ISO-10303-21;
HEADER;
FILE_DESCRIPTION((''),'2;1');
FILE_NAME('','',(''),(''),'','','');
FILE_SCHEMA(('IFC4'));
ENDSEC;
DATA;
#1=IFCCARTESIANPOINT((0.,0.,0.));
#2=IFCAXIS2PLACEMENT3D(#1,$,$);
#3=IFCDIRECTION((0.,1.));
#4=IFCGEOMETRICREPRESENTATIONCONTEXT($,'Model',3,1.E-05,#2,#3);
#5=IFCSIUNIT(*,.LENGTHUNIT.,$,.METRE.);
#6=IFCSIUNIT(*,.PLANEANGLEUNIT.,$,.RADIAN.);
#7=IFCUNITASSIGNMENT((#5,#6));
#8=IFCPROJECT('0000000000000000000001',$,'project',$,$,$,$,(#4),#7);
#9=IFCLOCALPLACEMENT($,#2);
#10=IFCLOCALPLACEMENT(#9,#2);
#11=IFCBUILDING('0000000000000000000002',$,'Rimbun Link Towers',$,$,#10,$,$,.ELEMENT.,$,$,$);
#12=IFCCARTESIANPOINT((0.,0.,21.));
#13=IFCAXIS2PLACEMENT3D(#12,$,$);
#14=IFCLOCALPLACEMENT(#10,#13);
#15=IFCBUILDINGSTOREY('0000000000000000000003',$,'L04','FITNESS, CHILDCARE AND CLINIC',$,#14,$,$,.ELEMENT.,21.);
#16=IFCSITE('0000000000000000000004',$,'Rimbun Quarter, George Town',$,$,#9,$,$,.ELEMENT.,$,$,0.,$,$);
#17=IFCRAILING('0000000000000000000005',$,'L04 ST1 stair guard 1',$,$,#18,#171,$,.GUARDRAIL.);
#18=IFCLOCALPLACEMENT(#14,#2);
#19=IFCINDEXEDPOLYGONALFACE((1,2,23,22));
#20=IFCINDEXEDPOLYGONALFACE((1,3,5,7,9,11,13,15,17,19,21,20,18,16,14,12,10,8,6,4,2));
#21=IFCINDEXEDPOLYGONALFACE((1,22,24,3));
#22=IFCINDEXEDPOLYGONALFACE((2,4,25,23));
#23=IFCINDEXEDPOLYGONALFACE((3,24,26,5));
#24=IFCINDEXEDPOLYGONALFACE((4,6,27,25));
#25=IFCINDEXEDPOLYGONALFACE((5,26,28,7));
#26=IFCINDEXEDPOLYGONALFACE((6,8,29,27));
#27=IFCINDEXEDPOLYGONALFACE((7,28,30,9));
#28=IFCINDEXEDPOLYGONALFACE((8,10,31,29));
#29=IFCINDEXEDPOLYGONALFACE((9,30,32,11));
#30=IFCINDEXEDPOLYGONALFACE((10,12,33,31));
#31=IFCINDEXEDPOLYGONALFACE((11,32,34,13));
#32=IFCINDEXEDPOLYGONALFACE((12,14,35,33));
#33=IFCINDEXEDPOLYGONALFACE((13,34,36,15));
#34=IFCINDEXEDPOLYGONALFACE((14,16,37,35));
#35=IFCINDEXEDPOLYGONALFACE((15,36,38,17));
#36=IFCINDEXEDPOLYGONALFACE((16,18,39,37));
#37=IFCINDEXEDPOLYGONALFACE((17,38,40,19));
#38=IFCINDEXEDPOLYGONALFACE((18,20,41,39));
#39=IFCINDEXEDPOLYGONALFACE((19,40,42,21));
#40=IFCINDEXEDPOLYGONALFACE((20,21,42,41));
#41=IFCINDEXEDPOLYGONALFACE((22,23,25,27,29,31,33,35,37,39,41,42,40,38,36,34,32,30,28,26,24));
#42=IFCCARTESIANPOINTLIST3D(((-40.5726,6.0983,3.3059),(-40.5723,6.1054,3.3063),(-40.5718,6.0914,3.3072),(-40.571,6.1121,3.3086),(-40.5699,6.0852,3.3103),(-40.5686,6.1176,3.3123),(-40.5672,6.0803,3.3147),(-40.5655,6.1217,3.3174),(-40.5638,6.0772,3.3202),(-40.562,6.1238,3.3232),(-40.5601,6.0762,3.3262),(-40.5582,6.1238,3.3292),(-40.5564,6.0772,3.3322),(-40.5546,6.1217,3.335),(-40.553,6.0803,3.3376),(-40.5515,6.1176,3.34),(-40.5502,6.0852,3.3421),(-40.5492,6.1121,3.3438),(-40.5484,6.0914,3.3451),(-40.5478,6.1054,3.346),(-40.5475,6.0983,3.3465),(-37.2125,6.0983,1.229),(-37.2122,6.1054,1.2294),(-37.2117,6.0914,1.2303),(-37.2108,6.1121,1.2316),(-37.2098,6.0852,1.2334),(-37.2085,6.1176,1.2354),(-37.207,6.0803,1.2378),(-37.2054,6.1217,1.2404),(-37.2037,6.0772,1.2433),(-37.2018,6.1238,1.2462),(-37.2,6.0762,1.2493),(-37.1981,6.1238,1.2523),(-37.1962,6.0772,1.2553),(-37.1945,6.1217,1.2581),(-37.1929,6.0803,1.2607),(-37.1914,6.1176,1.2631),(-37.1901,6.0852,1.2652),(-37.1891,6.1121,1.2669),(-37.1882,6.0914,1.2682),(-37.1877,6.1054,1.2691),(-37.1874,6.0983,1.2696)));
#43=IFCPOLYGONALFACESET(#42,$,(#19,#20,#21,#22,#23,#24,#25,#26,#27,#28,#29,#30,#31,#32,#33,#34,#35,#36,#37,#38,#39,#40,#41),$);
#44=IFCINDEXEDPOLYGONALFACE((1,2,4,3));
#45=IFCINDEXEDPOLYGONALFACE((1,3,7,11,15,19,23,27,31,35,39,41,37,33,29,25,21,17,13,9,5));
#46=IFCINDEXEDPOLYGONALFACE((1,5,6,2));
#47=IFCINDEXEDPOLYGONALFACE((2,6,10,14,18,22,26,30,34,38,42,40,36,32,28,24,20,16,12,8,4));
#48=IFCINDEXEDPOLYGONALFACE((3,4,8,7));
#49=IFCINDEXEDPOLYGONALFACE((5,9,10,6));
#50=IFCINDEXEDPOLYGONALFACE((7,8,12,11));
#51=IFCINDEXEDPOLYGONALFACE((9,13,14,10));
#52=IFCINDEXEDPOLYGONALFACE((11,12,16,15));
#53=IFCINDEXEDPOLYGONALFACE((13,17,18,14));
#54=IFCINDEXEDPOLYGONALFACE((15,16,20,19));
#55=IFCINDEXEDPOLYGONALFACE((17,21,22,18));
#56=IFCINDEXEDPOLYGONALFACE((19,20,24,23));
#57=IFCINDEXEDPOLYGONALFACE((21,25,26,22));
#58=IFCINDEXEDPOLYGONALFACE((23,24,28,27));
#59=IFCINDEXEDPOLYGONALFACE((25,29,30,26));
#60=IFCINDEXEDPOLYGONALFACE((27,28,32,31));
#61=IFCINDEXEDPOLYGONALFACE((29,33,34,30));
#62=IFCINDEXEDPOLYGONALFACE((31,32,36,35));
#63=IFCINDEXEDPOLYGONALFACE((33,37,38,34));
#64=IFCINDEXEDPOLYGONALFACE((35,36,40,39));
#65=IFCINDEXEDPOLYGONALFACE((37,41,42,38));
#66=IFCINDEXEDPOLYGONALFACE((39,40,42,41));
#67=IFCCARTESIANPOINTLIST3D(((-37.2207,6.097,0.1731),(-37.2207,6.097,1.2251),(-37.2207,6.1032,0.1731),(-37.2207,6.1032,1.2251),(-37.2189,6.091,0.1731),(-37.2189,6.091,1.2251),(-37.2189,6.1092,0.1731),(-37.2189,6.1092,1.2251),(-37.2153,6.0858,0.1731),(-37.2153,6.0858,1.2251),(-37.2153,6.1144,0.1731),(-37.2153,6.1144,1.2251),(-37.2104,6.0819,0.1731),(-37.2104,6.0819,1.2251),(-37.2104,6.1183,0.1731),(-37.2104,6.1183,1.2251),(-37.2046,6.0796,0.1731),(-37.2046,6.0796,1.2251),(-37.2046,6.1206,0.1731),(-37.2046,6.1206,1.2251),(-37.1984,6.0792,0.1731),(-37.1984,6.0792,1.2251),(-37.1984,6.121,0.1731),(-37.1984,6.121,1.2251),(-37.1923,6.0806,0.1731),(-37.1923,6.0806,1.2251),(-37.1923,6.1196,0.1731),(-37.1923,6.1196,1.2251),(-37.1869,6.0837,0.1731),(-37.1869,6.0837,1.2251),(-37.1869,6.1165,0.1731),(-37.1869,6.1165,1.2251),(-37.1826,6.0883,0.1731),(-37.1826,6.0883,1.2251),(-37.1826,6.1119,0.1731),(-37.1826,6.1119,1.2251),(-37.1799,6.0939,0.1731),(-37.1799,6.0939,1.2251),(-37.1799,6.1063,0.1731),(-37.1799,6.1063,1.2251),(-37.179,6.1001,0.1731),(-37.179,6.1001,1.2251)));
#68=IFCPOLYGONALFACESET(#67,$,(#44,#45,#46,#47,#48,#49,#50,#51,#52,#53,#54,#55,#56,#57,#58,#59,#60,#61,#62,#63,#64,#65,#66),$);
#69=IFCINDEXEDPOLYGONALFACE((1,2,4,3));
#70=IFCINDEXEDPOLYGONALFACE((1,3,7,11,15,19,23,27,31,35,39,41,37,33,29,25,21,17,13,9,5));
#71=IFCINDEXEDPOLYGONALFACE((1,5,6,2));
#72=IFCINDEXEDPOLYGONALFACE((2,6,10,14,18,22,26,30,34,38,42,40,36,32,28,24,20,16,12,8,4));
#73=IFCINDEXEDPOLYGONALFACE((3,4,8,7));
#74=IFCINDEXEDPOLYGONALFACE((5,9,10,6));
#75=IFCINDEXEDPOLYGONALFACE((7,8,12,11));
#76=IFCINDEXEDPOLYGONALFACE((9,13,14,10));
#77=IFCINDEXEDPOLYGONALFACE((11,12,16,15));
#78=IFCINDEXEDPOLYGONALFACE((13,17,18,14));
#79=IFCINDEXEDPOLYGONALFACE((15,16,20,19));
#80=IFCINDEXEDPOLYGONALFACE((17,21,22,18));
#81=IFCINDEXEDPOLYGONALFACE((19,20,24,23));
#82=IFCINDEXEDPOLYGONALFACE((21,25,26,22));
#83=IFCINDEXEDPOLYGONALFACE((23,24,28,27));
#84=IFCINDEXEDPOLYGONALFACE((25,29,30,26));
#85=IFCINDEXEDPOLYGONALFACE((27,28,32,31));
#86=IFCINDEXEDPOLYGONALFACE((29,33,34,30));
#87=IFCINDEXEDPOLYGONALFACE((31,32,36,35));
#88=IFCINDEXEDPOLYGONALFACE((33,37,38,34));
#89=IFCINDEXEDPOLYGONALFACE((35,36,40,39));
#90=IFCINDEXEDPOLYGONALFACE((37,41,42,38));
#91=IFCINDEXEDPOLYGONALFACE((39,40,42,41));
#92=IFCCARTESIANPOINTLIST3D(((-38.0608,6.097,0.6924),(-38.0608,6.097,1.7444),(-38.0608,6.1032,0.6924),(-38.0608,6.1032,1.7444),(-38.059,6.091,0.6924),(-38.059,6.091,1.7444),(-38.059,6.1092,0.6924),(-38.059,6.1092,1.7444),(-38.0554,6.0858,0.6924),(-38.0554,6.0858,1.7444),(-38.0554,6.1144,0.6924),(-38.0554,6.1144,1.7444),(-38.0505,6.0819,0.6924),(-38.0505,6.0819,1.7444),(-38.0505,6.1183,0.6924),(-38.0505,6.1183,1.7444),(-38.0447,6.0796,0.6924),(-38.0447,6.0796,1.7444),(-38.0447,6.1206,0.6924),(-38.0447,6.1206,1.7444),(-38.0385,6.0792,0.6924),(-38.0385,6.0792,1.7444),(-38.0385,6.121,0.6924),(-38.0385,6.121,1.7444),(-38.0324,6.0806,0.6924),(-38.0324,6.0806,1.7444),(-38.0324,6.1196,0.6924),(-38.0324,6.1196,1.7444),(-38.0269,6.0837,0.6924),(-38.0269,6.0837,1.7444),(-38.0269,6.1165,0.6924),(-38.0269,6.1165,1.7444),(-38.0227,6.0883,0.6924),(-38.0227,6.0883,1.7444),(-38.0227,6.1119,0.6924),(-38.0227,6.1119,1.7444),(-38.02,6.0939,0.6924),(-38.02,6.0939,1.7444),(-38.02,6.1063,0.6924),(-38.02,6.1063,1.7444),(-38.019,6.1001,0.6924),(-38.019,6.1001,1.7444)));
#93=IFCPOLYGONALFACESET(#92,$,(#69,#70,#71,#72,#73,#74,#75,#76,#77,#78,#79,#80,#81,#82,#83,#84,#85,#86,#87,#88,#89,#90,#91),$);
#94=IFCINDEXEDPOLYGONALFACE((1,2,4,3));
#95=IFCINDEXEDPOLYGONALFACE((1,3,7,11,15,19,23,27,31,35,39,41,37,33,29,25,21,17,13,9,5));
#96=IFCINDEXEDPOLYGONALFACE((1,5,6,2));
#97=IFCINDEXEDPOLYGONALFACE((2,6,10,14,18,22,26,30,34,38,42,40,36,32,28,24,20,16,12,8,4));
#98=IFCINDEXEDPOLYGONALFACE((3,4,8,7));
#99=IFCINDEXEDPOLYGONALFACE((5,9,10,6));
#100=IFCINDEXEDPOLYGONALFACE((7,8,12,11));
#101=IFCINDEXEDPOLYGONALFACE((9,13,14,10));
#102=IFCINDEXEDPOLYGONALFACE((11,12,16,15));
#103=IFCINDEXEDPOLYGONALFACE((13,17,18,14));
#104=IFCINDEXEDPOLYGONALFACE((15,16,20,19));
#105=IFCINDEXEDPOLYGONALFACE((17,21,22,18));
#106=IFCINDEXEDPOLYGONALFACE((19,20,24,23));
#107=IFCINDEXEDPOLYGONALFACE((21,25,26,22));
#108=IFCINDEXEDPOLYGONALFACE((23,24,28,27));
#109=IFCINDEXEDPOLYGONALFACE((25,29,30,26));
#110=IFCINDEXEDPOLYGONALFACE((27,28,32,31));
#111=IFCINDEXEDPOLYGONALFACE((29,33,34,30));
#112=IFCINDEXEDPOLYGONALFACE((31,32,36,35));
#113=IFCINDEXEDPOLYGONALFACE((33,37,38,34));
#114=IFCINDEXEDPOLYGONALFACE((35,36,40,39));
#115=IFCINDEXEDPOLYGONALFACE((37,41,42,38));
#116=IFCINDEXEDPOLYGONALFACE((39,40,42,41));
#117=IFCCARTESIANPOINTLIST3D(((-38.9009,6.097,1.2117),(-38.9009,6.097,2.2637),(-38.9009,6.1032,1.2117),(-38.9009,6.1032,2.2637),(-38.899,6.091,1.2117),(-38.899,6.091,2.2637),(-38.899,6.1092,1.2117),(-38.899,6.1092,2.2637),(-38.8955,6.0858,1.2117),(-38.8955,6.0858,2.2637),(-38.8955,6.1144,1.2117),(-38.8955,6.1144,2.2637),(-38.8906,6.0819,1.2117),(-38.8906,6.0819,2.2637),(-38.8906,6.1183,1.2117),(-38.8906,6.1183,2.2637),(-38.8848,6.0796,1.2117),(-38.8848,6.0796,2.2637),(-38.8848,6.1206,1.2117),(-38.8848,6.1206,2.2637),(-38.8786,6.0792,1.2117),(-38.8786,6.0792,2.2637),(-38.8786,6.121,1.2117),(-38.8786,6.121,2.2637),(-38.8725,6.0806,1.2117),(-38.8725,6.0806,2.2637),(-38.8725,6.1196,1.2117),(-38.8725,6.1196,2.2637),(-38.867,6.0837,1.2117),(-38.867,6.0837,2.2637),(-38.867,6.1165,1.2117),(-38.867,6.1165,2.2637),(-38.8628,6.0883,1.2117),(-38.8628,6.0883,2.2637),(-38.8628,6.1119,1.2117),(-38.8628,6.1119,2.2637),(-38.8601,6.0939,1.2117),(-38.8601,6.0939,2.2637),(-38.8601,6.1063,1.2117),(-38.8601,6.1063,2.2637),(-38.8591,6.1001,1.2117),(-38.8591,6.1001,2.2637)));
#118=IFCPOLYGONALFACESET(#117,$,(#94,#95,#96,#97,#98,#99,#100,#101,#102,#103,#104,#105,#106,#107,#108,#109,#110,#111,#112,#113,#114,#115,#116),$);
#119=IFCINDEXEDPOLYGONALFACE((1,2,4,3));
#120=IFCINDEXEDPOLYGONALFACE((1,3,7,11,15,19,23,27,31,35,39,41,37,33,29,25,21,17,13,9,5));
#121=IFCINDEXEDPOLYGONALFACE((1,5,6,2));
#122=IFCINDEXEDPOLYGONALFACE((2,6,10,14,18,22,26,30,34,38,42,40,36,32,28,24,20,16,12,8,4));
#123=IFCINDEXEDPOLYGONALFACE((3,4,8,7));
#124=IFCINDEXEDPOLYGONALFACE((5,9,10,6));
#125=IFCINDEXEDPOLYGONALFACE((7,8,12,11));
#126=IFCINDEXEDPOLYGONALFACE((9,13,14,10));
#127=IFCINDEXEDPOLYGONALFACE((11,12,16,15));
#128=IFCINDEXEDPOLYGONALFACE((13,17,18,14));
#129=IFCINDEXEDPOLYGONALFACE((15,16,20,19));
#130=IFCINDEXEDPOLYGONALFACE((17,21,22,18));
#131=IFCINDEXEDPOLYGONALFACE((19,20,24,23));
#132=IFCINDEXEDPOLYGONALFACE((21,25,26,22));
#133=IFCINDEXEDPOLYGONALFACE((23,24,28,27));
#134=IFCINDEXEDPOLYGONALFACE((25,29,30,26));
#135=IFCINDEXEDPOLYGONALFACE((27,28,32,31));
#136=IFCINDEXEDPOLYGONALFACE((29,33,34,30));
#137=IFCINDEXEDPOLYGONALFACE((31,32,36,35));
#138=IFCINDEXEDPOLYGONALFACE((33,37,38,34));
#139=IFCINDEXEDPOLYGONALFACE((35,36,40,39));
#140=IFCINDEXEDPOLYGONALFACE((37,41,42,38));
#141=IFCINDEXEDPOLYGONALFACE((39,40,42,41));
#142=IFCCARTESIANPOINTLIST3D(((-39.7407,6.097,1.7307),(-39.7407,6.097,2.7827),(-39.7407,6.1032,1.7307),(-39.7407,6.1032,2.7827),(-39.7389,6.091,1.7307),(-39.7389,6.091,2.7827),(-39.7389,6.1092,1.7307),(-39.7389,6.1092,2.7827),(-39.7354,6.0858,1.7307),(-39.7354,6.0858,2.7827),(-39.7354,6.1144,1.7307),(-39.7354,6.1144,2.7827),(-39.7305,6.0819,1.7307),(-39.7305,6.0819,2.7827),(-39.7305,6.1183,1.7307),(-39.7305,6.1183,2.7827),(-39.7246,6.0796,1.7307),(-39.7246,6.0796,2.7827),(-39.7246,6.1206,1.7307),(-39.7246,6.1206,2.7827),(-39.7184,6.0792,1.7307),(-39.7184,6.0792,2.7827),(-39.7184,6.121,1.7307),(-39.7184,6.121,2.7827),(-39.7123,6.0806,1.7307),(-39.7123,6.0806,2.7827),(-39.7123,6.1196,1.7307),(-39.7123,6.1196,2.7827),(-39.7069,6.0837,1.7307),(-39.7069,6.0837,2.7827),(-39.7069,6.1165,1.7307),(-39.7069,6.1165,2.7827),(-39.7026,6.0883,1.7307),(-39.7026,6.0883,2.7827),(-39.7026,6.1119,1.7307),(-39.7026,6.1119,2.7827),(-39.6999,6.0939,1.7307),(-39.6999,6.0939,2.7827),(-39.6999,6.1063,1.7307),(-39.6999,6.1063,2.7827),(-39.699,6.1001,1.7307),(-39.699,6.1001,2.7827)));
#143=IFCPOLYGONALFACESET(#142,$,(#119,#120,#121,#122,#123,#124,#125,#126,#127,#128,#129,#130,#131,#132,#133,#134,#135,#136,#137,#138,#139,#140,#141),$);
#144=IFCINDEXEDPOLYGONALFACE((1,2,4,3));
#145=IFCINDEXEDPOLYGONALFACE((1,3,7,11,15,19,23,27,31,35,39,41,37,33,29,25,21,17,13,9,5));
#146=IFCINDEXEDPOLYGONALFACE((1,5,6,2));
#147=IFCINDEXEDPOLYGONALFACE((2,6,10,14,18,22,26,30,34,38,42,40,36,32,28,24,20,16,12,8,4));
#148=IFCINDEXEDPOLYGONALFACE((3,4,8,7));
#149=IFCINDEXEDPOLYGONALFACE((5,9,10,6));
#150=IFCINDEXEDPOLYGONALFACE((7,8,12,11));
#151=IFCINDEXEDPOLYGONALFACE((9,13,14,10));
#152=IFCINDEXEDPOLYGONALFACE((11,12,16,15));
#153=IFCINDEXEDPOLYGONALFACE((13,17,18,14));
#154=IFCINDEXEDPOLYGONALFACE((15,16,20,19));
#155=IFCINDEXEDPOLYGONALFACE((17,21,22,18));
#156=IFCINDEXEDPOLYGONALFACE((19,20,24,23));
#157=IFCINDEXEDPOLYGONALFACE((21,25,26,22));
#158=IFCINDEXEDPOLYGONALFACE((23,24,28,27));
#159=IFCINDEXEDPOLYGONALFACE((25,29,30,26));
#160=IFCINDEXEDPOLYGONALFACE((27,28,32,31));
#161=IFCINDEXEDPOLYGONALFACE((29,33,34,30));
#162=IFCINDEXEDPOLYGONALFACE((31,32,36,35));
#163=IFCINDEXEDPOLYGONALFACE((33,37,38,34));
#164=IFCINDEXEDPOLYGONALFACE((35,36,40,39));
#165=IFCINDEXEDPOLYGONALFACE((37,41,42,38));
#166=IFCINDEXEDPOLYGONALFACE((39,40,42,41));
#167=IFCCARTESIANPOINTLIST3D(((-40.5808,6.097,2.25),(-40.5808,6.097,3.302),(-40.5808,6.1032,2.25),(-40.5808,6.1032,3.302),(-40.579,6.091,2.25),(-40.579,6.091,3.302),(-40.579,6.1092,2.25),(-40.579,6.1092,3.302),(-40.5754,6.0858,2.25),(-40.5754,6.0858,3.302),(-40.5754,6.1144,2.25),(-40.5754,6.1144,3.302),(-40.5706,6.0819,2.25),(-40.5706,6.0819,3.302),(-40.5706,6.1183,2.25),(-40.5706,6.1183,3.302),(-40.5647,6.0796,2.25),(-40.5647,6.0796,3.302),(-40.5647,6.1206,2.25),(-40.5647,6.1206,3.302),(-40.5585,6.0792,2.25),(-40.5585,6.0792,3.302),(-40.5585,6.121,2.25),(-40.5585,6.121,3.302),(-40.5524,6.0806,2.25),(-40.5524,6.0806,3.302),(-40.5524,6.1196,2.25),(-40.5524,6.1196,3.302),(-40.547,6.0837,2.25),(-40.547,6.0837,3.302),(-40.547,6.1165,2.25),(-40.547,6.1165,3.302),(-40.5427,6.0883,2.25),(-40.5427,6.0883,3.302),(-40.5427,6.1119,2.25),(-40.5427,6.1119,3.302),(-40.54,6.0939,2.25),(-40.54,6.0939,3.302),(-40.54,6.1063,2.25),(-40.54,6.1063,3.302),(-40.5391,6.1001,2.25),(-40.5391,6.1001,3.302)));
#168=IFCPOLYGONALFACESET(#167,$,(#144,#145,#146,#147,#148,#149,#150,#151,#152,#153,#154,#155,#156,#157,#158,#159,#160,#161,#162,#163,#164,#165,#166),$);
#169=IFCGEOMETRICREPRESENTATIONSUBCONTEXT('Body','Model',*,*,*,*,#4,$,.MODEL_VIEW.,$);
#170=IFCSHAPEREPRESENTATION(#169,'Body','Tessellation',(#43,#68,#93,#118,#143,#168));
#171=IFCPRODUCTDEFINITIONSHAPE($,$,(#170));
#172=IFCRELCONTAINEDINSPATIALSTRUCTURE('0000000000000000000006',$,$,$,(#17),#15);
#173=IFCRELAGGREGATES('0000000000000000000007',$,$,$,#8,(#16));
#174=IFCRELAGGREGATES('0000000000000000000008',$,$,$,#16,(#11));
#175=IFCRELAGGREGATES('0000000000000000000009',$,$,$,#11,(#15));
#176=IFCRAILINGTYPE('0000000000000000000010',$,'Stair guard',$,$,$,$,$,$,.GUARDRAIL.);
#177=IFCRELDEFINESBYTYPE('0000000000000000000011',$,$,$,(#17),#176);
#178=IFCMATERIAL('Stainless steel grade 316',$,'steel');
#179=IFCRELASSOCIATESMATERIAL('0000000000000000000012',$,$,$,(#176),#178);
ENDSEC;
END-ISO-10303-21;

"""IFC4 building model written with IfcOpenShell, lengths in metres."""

from ifc_helpers import new_model, si_unit, direction, frame, origin, origin_2d, place, context, subcontext, project, spatial, circle, extrude, material, type_object, element, save


model = new_model("IFC4")

# Units and contexts
model_context = context("Model", 3, precision=1e-05, world=origin(), true_north=direction((0.0, 1.0)))
body_context = subcontext(model_context, "Body", "Model", "MODEL_VIEW")
ifc_project = project(units=[si_unit("LENGTHUNIT", "METRE"), si_unit("PLANEANGLEUNIT", "RADIAN")], contexts=[model_context])

# Site, building, storey
site_placement = place(None, origin())
site = spatial("IfcSite", under=ifc_project, at=site_placement, Name="Rimbun Quarter, George Town", CompositionType="ELEMENT", RefElevation=0.0)
building_placement = place(site_placement, origin())
building = spatial("IfcBuilding", under=site, at=building_placement, Name="Rimbun Link Towers", CompositionType="ELEMENT")
storey_placement = place(building_placement, frame((0.0, 0.0, 21.0)))
storey = spatial("IfcBuildingStorey", under=building, at=storey_placement, Name="L04", Description="FITNESS, CHILDCARE AND CLINIC", CompositionType="ELEMENT", Elevation=21.0)

# Railing
ifc_material_1 = material(Name="Stainless steel grade 316", Category="steel")
railing_type_1 = type_object("IfcRailingType", Name="Stair guard", PredefinedType="GUARDRAIL", material=ifc_material_1)
railing_1_placement = place(storey_placement, frame((-37.2, 6.1001, 0.1731)))
element("IfcRailing", 1, at=railing_1_placement, inside=storey, type_object=railing_type_1, Name="L04 ST1 stair guard 1", PredefinedType="GUARDRAIL", context=body_context, shape_type="SweptSolid", body=[
    extrude(circle(Radius=0.0239, at=origin_2d()), frame((0.0, 0.0, 1.0762), z_axis=(-0.850623, 0.0, 0.525776), x_axis=(0.0, -1.0, 0.0)), (0.0, 0.0, 1.0), 3.9502),
    extrude(circle(Radius=0.021, at=origin_2d()), origin(), (0.0, 0.0, 1.0), 1.052),
    extrude(circle(Radius=0.021, at=origin_2d()), frame((-0.8401, 0.0, 0.5193)), (0.0, 0.0, 1.0), 1.052),
    extrude(circle(Radius=0.021, at=origin_2d()), frame((-1.6802, 0.0, 1.0386)), (0.0, 0.0, 1.0), 1.052),
    extrude(circle(Radius=0.021, at=origin_2d()), frame((-2.52, 0.0, 1.5576)), (0.0, 0.0, 1.0), 1.052),
    extrude(circle(Radius=0.021, at=origin_2d()), frame((-3.3601, 0.0, 2.0769)), (0.0, 0.0, 1.0), 1.052),
])

save(model, "model.ifc")
